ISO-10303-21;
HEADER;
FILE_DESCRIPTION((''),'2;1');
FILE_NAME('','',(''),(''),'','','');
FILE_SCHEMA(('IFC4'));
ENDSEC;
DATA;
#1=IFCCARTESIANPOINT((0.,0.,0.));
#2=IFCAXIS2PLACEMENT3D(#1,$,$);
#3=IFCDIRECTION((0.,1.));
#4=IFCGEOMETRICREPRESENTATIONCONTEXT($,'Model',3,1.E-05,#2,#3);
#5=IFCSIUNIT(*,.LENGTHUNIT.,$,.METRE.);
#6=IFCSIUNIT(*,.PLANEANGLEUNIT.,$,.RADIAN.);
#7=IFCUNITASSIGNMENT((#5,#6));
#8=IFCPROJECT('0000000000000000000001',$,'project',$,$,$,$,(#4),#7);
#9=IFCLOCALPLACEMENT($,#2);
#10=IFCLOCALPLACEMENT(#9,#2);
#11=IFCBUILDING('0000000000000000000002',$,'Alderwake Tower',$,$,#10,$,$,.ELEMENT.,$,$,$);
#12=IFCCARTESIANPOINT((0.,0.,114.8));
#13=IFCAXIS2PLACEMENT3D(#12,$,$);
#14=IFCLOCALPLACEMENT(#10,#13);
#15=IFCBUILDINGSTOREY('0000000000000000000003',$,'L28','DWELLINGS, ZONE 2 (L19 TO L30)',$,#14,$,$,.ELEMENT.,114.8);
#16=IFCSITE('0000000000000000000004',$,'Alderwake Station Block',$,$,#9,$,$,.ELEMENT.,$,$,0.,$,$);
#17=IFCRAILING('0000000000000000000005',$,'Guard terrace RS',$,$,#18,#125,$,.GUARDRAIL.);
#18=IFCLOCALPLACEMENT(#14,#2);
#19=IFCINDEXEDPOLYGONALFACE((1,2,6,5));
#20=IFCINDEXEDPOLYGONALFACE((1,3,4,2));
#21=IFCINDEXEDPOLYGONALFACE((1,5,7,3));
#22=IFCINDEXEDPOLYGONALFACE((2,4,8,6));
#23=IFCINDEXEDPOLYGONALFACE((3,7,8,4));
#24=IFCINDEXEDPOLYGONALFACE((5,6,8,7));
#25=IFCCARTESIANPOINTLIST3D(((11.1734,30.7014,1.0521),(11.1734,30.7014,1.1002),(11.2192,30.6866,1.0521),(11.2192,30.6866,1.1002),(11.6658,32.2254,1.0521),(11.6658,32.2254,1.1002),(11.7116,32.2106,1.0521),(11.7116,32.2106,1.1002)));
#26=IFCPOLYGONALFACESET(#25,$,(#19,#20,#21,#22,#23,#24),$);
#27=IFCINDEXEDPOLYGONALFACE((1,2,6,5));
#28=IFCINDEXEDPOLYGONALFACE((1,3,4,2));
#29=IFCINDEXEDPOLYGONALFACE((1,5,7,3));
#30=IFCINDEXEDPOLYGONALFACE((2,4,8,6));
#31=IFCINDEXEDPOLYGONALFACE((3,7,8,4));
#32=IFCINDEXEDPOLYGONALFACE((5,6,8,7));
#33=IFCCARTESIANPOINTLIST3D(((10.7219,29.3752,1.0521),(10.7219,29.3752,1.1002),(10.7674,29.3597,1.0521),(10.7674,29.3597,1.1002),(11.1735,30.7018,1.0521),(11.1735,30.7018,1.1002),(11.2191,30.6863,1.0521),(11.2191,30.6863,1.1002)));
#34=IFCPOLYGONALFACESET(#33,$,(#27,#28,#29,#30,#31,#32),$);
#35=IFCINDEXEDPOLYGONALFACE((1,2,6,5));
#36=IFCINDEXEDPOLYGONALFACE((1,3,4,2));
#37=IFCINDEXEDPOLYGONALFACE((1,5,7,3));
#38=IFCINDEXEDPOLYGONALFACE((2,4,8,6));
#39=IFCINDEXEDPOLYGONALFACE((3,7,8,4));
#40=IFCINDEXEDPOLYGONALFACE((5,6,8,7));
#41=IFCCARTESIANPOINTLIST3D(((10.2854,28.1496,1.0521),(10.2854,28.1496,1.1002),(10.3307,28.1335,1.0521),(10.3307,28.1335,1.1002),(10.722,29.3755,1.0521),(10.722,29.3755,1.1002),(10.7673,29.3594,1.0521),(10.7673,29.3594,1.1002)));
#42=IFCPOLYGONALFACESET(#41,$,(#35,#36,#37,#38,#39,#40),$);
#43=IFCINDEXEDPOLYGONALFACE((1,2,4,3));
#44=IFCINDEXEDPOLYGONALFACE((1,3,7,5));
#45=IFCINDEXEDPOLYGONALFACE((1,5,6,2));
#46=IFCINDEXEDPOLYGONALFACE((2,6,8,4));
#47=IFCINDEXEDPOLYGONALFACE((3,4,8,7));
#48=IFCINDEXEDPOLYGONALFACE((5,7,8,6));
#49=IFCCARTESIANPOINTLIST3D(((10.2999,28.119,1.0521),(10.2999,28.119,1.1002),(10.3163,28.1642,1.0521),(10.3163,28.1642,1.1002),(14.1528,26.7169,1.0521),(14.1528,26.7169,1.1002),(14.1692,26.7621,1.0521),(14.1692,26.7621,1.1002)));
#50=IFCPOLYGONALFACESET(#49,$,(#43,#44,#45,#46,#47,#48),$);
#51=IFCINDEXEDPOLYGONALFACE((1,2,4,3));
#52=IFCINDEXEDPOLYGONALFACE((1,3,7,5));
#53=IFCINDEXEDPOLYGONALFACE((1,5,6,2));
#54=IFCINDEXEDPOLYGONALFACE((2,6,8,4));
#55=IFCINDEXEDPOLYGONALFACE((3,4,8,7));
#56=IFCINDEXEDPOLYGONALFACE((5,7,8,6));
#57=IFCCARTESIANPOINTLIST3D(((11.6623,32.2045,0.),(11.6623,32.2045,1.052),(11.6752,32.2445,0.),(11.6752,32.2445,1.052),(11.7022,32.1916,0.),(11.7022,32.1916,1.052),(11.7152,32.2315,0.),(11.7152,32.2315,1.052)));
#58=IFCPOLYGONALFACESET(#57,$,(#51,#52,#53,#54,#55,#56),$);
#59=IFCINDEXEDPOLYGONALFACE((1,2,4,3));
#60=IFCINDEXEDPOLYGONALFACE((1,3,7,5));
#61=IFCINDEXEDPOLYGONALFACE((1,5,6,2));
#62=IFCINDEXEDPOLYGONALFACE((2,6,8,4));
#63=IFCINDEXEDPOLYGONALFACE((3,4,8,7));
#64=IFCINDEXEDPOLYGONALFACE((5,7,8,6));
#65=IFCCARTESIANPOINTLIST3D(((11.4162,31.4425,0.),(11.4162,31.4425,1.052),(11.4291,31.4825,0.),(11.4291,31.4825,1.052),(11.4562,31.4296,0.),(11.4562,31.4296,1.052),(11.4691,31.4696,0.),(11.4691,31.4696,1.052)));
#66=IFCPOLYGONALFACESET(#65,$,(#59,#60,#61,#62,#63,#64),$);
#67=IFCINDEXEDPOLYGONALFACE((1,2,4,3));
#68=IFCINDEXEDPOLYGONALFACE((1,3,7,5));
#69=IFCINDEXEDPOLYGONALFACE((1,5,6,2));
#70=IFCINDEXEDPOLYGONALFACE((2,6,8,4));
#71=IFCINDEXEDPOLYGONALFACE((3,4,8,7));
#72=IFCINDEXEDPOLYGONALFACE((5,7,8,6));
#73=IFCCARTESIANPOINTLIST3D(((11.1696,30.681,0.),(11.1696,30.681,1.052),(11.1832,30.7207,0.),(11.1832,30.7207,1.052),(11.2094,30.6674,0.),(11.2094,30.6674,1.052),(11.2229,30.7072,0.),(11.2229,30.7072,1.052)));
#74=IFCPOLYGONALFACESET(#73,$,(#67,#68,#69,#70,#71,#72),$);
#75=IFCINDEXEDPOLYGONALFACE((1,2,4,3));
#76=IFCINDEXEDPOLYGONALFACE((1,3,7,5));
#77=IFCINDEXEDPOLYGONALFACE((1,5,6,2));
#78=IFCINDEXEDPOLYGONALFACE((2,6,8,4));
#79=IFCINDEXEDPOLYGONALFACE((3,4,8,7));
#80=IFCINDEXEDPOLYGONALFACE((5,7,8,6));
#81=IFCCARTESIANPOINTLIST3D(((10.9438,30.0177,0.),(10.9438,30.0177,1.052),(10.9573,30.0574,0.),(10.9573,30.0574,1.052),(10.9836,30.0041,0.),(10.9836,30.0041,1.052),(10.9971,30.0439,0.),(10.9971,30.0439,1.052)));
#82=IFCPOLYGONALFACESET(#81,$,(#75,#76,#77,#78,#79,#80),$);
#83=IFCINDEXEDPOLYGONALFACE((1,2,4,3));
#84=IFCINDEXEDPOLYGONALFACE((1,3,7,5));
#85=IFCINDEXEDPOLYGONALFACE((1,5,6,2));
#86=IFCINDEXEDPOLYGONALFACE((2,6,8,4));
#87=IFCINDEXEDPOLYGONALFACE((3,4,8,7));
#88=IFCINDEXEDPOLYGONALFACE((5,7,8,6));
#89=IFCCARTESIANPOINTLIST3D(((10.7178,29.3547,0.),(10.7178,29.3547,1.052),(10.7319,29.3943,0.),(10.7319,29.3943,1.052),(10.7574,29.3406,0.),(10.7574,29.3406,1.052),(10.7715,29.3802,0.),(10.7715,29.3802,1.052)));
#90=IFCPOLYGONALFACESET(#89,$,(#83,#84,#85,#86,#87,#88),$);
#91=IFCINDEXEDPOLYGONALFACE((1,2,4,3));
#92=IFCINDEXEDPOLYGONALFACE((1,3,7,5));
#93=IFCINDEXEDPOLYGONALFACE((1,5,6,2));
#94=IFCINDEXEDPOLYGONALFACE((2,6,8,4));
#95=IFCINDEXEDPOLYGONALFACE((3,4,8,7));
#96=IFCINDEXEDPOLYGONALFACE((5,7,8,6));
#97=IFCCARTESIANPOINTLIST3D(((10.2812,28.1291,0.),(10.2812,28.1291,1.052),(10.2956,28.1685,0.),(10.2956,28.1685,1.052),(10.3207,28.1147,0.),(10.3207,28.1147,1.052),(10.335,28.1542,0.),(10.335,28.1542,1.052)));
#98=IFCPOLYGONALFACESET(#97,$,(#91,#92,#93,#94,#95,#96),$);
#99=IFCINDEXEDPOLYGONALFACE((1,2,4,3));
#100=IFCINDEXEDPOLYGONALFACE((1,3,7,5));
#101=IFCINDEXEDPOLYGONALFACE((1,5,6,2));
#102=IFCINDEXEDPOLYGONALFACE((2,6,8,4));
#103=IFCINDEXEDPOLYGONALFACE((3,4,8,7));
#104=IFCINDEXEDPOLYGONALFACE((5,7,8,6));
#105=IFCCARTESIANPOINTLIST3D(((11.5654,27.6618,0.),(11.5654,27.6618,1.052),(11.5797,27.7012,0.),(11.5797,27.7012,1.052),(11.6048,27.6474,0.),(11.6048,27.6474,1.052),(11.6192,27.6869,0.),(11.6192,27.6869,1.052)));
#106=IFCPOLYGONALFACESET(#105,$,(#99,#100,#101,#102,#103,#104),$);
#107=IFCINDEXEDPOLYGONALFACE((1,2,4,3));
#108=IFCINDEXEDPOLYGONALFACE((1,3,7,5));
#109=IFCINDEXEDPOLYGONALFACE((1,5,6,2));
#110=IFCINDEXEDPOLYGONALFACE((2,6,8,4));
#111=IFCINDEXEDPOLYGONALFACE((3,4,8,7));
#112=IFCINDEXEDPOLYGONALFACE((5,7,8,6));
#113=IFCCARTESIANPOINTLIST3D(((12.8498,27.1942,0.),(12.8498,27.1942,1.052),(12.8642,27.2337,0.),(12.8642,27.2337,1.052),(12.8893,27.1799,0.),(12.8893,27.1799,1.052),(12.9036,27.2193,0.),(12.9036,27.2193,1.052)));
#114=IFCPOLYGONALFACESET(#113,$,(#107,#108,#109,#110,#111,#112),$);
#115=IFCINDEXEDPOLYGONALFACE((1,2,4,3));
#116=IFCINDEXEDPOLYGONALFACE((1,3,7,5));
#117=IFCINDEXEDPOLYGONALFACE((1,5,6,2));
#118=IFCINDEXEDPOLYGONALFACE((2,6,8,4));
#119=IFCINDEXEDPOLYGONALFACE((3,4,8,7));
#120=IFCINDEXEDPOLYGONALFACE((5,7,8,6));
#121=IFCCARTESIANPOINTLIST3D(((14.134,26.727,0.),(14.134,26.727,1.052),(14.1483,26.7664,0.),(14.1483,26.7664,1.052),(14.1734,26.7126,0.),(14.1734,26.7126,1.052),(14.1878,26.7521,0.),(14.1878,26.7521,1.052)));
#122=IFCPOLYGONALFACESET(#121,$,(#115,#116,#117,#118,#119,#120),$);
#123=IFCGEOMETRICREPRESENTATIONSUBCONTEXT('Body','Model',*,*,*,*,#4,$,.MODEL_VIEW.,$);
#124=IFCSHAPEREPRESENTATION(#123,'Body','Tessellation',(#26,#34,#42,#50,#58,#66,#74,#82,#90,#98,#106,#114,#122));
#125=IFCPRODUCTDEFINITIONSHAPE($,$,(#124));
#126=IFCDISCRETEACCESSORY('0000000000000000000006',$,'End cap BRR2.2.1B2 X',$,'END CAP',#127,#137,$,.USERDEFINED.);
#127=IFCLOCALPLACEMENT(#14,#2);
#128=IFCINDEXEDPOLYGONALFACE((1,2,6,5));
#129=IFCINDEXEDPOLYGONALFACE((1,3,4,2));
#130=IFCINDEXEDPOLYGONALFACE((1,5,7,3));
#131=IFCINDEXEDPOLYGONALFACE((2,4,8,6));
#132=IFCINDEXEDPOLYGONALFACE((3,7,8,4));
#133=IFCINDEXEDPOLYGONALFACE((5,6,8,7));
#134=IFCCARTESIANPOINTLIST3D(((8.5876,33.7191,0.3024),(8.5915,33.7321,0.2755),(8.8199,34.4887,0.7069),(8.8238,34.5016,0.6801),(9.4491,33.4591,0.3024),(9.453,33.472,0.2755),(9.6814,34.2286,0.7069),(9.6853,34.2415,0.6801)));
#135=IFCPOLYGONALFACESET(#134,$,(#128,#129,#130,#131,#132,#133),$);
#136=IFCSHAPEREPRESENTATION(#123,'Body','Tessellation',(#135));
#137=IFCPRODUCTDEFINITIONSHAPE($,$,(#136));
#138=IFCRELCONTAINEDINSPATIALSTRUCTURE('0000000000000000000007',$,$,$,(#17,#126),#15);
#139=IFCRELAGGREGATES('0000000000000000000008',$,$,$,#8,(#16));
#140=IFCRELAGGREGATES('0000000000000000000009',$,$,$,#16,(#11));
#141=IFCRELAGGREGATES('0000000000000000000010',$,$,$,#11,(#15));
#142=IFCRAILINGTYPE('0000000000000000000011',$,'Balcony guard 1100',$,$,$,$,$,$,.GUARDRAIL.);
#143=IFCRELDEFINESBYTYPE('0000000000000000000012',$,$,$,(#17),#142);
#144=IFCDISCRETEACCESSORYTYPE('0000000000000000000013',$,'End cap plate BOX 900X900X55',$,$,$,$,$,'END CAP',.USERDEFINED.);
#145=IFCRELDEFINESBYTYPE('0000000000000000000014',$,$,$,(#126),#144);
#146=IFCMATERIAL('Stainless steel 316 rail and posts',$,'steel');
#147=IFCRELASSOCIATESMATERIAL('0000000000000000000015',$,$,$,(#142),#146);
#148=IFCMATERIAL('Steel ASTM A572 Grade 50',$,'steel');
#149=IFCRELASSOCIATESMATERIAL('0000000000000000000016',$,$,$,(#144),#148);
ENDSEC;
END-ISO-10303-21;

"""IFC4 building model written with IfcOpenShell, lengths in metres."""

from ifc_helpers import new_model, si_unit, direction, frame, origin, origin_2d, place, context, subcontext, project, spatial, rectangle, extrude, material, material_profile, profile_set, type_object, element, save


model = new_model("IFC4")

# Units and contexts
model_context = context("Model", 3, precision=1e-05, world=origin(), true_north=direction((0.0, 1.0)))
body_context = subcontext(model_context, "Body", "Model", "MODEL_VIEW")
ifc_project = project(units=[si_unit("LENGTHUNIT", "METRE"), si_unit("PLANEANGLEUNIT", "RADIAN")], contexts=[model_context])

# Site, building, storey
site_placement = place(None, origin())
site = spatial("IfcSite", under=ifc_project, at=site_placement, Name="Alderwake Station Block", CompositionType="ELEMENT", RefElevation=0.0)
building_placement = place(site_placement, origin())
building = spatial("IfcBuilding", under=site, at=building_placement, Name="Alderwake Tower", CompositionType="ELEMENT")
storey_placement = place(building_placement, frame((0.0, 0.0, 114.8)))
storey = spatial("IfcBuildingStorey", under=building, at=storey_placement, Name="L28", Description="DWELLINGS, ZONE 2 (L19 TO L30)", CompositionType="ELEMENT", Elevation=114.8)

# Railing
ifc_material_1 = material(Name="Stainless steel 316 rail and posts", Category="steel")
railing_type = type_object("IfcRailingType", Name="Balcony guard 1100", PredefinedType="GUARDRAIL", material=ifc_material_1)
railing_1_placement = place(storey_placement, frame((11.6887, 32.218, 0.0)))
element("IfcRailing", 1, at=railing_1_placement, inside=storey, type_object=railing_type, Name="Guard terrace RS", PredefinedType="GUARDRAIL", context=body_context, shape_type="SweptSolid", body=[
    extrude(rectangle(XDim=0.0481, YDim=0.0481, at=origin_2d()), frame((0.0, 0.0, 1.0762), z_axis=(-0.307479, -0.951555, 0.0), x_axis=(0.951555, -0.307479, 0.0)), (0.0, 0.0, 1.0), 1.6016),
    extrude(rectangle(XDim=0.0481, YDim=0.0481, at=origin_2d()), frame((-0.4924, -1.5239, 1.0762), z_axis=(-0.322284, -0.946643, 0.0), x_axis=(0.946643, -0.322284, 0.0)), (0.0, 0.0, 1.0), 1.4014),
    extrude(rectangle(XDim=0.0481, YDim=0.0481, at=origin_2d()), frame((-0.9441, -2.8506, 1.0762), z_axis=(-0.335469, -0.942051, 0.0), x_axis=(0.942051, -0.335469, 0.0)), (0.0, 0.0, 1.0), 1.3013),
    extrude(rectangle(XDim=0.0481, YDim=0.0481, at=origin_2d()), frame((-1.3806, -4.0764, 1.0762), z_axis=(0.939708, -0.341977, 0.0), x_axis=(0.341977, 0.939708, 0.0)), (0.0, 0.0, 1.0), 4.1001),
    extrude(rectangle(XDim=0.042, YDim=0.042, at=origin_2d()), frame((0.0, 0.0, 0.0), z_axis=(0.0, 0.0, 1.0), x_axis=(-0.307479, -0.951555, 0.0)), (0.0, 0.0, 1.0), 1.052),
    extrude(rectangle(XDim=0.042, YDim=0.042, at=origin_2d()), frame((-0.2461, -0.762, 0.0), z_axis=(0.0, 0.0, 1.0), x_axis=(-0.307479, -0.951555, 0.0)), (0.0, 0.0, 1.0), 1.052),
    extrude(rectangle(XDim=0.042, YDim=0.042, at=origin_2d()), frame((-0.4924, -1.5239, 0.0), z_axis=(0.0, 0.0, 1.0), x_axis=(-0.322284, -0.946643, 0.0)), (0.0, 0.0, 1.0), 1.052),
    extrude(rectangle(XDim=0.042, YDim=0.042, at=origin_2d()), frame((-0.7183, -2.1873, 0.0), z_axis=(0.0, 0.0, 1.0), x_axis=(-0.322284, -0.946643, 0.0)), (0.0, 0.0, 1.0), 1.052),
    extrude(rectangle(XDim=0.042, YDim=0.042, at=origin_2d()), frame((-0.9441, -2.8506, 0.0), z_axis=(0.0, 0.0, 1.0), x_axis=(-0.335469, -0.942051, 0.0)), (0.0, 0.0, 1.0), 1.052),
    extrude(rectangle(XDim=0.042, YDim=0.042, at=origin_2d()), frame((-1.3806, -4.0764, 0.0), z_axis=(0.0, 0.0, 1.0), x_axis=(0.939708, -0.341977, 0.0)), (0.0, 0.0, 1.0), 1.052),
    extrude(rectangle(XDim=0.042, YDim=0.042, at=origin_2d()), frame((-0.0964, -4.5437, 0.0), z_axis=(0.0, 0.0, 1.0), x_axis=(0.939708, -0.341977, 0.0)), (0.0, 0.0, 1.0), 1.052),
    extrude(rectangle(XDim=0.042, YDim=0.042, at=origin_2d()), frame((1.188, -5.0112, 0.0), z_axis=(0.0, 0.0, 1.0), x_axis=(0.939708, -0.341977, 0.0)), (0.0, 0.0, 1.0), 1.052),
    extrude(rectangle(XDim=0.042, YDim=0.042, at=origin_2d()), frame((2.4722, -5.4785, 0.0), z_axis=(0.0, 0.0, 1.0), x_axis=(0.939708, -0.341977, 0.0)), (0.0, 0.0, 1.0), 1.052),
])

# Discrete accessory
ifc_material_2 = material(Name="Steel ASTM A572 Grade 50", Category="steel")
ifc_material_profile_1 = material_profile(ifc_material_2, rectangle(XDim=0.8999, YDim=0.8999, at=origin_2d()), Name="BOX 900X900X55 cap")
ifc_profile_set_1 = profile_set([ifc_material_profile_1], Name="Steel ASTM A572 Grade 50")
discrete_accessory_type = type_object("IfcDiscreteAccessoryType", Name="End cap plate BOX 900X900X55", ElementType="END CAP", PredefinedType="USERDEFINED", material=ifc_profile_set_1)
discrete_accessory_placement = place(storey_placement, frame((9.1345, 33.9739, 0.5046), z_axis=(0.129927, 0.430383, -0.893247), x_axis=(-0.957328, 0.289005, 0.0)))
element("IfcDiscreteAccessory", 2, at=discrete_accessory_placement, inside=storey, type_object=discrete_accessory_type, Name="End cap BRR2.2.1B2 X", ObjectType="END CAP", PredefinedType="USERDEFINED", context=body_context, shape_type="SweptSolid", body=[
    extrude(rectangle(XDim=0.8999, YDim=0.8999, at=origin_2d()), origin(), (0.0, 0.0, 1.0), 0.03),
])

save(model, "model.ifc")
